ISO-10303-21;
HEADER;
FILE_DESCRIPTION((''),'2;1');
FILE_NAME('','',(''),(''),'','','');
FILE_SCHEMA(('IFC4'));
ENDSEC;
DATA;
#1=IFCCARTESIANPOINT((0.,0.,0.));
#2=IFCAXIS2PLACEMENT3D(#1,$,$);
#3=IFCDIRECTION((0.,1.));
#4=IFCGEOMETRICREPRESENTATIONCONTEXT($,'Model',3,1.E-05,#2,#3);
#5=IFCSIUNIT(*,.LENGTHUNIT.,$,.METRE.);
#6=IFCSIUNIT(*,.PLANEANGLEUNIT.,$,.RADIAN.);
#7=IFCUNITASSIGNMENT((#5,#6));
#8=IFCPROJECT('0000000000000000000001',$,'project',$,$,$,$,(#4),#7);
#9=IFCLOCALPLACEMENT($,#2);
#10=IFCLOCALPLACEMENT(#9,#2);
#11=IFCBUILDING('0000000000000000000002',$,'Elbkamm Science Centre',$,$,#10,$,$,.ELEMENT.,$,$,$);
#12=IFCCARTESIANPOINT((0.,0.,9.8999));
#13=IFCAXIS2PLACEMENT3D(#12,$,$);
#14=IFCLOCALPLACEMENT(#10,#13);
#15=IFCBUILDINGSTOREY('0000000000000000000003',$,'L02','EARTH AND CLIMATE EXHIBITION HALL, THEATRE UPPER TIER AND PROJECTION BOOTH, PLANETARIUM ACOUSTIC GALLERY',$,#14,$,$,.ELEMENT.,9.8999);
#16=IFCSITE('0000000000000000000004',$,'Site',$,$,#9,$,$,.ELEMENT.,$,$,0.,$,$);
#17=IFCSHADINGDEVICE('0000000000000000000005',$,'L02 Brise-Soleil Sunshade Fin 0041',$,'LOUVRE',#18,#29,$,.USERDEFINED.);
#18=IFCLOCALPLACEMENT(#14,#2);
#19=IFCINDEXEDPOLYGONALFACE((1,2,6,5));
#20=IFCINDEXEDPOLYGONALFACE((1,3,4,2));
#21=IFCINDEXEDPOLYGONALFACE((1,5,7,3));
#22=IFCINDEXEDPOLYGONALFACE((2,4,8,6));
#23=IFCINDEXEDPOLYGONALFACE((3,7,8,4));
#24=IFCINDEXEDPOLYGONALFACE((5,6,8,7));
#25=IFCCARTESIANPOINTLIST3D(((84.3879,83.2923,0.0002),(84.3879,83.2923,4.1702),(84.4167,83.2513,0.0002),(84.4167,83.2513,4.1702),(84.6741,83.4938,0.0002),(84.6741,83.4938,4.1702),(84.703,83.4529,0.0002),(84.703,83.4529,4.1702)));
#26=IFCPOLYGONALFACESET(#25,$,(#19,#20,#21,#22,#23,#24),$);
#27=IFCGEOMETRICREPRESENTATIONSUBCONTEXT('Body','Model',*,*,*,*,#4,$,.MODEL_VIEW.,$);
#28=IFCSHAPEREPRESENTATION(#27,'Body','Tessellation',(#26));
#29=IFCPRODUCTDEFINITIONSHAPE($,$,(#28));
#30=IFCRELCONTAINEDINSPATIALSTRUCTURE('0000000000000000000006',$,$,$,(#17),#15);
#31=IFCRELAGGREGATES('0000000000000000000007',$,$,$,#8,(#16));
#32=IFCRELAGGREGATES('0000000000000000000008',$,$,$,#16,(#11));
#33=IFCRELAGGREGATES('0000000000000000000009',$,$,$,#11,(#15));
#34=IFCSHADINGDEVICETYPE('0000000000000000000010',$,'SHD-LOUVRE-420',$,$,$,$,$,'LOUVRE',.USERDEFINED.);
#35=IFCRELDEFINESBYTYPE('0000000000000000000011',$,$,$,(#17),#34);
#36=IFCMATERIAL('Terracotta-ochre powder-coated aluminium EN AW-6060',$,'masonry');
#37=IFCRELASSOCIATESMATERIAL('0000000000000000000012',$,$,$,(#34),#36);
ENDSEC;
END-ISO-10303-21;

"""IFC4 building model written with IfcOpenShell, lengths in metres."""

from ifc_helpers import new_model, si_unit, direction, frame, origin, origin_2d, place, context, subcontext, project, spatial, rectangle, extrude, material, type_object, element, save


model = new_model("IFC4")

# Units and contexts
model_context = context("Model", 3, precision=1e-05, world=origin(), true_north=direction((0.0, 1.0)))
body_context = subcontext(model_context, "Body", "Model", "MODEL_VIEW")
ifc_project = project(units=[si_unit("LENGTHUNIT", "METRE"), si_unit("PLANEANGLEUNIT", "RADIAN")], contexts=[model_context])

# Site, building, storey
site_placement = place(None, origin())
site = spatial("IfcSite", under=ifc_project, at=site_placement, Name="Site", CompositionType="ELEMENT", RefElevation=0.0)
building_placement = place(site_placement, origin())
building = spatial("IfcBuilding", under=site, at=building_placement, Name="Elbkamm Science Centre", CompositionType="ELEMENT")
storey_placement = place(building_placement, frame((0.0, 0.0, 9.8999)))
storey = spatial("IfcBuildingStorey", under=building, at=storey_placement, Name="L02", Description="EARTH AND CLIMATE EXHIBITION HALL, THEATRE UPPER TIER AND PROJECTION BOOTH, PLANETARIUM ACOUSTIC GALLERY", CompositionType="ELEMENT", Elevation=9.8999)

# Shading device
ifc_material_1 = material(Name="Terracotta-ochre powder-coated aluminium EN AW-6060", Category="masonry")
shading_device_type = type_object("IfcShadingDeviceType", Name="SHD-LOUVRE-420", ElementType="LOUVRE", PredefinedType="USERDEFINED", material=ifc_material_1)
for number, where, z_axis, x_axis, name in (
    (1, (84.5454, 83.3726, 0.0002), (0.0, 0.0, 1.0), (0.817695, 0.575652, 0.0), "L02 Brise-Soleil Sunshade Fin 0041"),
):
    element("IfcShadingDevice", number, at=place(storey_placement, frame(where, z_axis=z_axis, x_axis=x_axis)), inside=storey, type_object=shading_device_type, Name=name, ObjectType="LOUVRE", PredefinedType="USERDEFINED", context=body_context, shape_type="SweptSolid", body=[
        extrude(rectangle(XDim=0.3501, YDim=0.05, at=origin_2d()), origin(), (0.0, 0.0, 1.0), 4.1699),
    ])

save(model, "model.ifc")
